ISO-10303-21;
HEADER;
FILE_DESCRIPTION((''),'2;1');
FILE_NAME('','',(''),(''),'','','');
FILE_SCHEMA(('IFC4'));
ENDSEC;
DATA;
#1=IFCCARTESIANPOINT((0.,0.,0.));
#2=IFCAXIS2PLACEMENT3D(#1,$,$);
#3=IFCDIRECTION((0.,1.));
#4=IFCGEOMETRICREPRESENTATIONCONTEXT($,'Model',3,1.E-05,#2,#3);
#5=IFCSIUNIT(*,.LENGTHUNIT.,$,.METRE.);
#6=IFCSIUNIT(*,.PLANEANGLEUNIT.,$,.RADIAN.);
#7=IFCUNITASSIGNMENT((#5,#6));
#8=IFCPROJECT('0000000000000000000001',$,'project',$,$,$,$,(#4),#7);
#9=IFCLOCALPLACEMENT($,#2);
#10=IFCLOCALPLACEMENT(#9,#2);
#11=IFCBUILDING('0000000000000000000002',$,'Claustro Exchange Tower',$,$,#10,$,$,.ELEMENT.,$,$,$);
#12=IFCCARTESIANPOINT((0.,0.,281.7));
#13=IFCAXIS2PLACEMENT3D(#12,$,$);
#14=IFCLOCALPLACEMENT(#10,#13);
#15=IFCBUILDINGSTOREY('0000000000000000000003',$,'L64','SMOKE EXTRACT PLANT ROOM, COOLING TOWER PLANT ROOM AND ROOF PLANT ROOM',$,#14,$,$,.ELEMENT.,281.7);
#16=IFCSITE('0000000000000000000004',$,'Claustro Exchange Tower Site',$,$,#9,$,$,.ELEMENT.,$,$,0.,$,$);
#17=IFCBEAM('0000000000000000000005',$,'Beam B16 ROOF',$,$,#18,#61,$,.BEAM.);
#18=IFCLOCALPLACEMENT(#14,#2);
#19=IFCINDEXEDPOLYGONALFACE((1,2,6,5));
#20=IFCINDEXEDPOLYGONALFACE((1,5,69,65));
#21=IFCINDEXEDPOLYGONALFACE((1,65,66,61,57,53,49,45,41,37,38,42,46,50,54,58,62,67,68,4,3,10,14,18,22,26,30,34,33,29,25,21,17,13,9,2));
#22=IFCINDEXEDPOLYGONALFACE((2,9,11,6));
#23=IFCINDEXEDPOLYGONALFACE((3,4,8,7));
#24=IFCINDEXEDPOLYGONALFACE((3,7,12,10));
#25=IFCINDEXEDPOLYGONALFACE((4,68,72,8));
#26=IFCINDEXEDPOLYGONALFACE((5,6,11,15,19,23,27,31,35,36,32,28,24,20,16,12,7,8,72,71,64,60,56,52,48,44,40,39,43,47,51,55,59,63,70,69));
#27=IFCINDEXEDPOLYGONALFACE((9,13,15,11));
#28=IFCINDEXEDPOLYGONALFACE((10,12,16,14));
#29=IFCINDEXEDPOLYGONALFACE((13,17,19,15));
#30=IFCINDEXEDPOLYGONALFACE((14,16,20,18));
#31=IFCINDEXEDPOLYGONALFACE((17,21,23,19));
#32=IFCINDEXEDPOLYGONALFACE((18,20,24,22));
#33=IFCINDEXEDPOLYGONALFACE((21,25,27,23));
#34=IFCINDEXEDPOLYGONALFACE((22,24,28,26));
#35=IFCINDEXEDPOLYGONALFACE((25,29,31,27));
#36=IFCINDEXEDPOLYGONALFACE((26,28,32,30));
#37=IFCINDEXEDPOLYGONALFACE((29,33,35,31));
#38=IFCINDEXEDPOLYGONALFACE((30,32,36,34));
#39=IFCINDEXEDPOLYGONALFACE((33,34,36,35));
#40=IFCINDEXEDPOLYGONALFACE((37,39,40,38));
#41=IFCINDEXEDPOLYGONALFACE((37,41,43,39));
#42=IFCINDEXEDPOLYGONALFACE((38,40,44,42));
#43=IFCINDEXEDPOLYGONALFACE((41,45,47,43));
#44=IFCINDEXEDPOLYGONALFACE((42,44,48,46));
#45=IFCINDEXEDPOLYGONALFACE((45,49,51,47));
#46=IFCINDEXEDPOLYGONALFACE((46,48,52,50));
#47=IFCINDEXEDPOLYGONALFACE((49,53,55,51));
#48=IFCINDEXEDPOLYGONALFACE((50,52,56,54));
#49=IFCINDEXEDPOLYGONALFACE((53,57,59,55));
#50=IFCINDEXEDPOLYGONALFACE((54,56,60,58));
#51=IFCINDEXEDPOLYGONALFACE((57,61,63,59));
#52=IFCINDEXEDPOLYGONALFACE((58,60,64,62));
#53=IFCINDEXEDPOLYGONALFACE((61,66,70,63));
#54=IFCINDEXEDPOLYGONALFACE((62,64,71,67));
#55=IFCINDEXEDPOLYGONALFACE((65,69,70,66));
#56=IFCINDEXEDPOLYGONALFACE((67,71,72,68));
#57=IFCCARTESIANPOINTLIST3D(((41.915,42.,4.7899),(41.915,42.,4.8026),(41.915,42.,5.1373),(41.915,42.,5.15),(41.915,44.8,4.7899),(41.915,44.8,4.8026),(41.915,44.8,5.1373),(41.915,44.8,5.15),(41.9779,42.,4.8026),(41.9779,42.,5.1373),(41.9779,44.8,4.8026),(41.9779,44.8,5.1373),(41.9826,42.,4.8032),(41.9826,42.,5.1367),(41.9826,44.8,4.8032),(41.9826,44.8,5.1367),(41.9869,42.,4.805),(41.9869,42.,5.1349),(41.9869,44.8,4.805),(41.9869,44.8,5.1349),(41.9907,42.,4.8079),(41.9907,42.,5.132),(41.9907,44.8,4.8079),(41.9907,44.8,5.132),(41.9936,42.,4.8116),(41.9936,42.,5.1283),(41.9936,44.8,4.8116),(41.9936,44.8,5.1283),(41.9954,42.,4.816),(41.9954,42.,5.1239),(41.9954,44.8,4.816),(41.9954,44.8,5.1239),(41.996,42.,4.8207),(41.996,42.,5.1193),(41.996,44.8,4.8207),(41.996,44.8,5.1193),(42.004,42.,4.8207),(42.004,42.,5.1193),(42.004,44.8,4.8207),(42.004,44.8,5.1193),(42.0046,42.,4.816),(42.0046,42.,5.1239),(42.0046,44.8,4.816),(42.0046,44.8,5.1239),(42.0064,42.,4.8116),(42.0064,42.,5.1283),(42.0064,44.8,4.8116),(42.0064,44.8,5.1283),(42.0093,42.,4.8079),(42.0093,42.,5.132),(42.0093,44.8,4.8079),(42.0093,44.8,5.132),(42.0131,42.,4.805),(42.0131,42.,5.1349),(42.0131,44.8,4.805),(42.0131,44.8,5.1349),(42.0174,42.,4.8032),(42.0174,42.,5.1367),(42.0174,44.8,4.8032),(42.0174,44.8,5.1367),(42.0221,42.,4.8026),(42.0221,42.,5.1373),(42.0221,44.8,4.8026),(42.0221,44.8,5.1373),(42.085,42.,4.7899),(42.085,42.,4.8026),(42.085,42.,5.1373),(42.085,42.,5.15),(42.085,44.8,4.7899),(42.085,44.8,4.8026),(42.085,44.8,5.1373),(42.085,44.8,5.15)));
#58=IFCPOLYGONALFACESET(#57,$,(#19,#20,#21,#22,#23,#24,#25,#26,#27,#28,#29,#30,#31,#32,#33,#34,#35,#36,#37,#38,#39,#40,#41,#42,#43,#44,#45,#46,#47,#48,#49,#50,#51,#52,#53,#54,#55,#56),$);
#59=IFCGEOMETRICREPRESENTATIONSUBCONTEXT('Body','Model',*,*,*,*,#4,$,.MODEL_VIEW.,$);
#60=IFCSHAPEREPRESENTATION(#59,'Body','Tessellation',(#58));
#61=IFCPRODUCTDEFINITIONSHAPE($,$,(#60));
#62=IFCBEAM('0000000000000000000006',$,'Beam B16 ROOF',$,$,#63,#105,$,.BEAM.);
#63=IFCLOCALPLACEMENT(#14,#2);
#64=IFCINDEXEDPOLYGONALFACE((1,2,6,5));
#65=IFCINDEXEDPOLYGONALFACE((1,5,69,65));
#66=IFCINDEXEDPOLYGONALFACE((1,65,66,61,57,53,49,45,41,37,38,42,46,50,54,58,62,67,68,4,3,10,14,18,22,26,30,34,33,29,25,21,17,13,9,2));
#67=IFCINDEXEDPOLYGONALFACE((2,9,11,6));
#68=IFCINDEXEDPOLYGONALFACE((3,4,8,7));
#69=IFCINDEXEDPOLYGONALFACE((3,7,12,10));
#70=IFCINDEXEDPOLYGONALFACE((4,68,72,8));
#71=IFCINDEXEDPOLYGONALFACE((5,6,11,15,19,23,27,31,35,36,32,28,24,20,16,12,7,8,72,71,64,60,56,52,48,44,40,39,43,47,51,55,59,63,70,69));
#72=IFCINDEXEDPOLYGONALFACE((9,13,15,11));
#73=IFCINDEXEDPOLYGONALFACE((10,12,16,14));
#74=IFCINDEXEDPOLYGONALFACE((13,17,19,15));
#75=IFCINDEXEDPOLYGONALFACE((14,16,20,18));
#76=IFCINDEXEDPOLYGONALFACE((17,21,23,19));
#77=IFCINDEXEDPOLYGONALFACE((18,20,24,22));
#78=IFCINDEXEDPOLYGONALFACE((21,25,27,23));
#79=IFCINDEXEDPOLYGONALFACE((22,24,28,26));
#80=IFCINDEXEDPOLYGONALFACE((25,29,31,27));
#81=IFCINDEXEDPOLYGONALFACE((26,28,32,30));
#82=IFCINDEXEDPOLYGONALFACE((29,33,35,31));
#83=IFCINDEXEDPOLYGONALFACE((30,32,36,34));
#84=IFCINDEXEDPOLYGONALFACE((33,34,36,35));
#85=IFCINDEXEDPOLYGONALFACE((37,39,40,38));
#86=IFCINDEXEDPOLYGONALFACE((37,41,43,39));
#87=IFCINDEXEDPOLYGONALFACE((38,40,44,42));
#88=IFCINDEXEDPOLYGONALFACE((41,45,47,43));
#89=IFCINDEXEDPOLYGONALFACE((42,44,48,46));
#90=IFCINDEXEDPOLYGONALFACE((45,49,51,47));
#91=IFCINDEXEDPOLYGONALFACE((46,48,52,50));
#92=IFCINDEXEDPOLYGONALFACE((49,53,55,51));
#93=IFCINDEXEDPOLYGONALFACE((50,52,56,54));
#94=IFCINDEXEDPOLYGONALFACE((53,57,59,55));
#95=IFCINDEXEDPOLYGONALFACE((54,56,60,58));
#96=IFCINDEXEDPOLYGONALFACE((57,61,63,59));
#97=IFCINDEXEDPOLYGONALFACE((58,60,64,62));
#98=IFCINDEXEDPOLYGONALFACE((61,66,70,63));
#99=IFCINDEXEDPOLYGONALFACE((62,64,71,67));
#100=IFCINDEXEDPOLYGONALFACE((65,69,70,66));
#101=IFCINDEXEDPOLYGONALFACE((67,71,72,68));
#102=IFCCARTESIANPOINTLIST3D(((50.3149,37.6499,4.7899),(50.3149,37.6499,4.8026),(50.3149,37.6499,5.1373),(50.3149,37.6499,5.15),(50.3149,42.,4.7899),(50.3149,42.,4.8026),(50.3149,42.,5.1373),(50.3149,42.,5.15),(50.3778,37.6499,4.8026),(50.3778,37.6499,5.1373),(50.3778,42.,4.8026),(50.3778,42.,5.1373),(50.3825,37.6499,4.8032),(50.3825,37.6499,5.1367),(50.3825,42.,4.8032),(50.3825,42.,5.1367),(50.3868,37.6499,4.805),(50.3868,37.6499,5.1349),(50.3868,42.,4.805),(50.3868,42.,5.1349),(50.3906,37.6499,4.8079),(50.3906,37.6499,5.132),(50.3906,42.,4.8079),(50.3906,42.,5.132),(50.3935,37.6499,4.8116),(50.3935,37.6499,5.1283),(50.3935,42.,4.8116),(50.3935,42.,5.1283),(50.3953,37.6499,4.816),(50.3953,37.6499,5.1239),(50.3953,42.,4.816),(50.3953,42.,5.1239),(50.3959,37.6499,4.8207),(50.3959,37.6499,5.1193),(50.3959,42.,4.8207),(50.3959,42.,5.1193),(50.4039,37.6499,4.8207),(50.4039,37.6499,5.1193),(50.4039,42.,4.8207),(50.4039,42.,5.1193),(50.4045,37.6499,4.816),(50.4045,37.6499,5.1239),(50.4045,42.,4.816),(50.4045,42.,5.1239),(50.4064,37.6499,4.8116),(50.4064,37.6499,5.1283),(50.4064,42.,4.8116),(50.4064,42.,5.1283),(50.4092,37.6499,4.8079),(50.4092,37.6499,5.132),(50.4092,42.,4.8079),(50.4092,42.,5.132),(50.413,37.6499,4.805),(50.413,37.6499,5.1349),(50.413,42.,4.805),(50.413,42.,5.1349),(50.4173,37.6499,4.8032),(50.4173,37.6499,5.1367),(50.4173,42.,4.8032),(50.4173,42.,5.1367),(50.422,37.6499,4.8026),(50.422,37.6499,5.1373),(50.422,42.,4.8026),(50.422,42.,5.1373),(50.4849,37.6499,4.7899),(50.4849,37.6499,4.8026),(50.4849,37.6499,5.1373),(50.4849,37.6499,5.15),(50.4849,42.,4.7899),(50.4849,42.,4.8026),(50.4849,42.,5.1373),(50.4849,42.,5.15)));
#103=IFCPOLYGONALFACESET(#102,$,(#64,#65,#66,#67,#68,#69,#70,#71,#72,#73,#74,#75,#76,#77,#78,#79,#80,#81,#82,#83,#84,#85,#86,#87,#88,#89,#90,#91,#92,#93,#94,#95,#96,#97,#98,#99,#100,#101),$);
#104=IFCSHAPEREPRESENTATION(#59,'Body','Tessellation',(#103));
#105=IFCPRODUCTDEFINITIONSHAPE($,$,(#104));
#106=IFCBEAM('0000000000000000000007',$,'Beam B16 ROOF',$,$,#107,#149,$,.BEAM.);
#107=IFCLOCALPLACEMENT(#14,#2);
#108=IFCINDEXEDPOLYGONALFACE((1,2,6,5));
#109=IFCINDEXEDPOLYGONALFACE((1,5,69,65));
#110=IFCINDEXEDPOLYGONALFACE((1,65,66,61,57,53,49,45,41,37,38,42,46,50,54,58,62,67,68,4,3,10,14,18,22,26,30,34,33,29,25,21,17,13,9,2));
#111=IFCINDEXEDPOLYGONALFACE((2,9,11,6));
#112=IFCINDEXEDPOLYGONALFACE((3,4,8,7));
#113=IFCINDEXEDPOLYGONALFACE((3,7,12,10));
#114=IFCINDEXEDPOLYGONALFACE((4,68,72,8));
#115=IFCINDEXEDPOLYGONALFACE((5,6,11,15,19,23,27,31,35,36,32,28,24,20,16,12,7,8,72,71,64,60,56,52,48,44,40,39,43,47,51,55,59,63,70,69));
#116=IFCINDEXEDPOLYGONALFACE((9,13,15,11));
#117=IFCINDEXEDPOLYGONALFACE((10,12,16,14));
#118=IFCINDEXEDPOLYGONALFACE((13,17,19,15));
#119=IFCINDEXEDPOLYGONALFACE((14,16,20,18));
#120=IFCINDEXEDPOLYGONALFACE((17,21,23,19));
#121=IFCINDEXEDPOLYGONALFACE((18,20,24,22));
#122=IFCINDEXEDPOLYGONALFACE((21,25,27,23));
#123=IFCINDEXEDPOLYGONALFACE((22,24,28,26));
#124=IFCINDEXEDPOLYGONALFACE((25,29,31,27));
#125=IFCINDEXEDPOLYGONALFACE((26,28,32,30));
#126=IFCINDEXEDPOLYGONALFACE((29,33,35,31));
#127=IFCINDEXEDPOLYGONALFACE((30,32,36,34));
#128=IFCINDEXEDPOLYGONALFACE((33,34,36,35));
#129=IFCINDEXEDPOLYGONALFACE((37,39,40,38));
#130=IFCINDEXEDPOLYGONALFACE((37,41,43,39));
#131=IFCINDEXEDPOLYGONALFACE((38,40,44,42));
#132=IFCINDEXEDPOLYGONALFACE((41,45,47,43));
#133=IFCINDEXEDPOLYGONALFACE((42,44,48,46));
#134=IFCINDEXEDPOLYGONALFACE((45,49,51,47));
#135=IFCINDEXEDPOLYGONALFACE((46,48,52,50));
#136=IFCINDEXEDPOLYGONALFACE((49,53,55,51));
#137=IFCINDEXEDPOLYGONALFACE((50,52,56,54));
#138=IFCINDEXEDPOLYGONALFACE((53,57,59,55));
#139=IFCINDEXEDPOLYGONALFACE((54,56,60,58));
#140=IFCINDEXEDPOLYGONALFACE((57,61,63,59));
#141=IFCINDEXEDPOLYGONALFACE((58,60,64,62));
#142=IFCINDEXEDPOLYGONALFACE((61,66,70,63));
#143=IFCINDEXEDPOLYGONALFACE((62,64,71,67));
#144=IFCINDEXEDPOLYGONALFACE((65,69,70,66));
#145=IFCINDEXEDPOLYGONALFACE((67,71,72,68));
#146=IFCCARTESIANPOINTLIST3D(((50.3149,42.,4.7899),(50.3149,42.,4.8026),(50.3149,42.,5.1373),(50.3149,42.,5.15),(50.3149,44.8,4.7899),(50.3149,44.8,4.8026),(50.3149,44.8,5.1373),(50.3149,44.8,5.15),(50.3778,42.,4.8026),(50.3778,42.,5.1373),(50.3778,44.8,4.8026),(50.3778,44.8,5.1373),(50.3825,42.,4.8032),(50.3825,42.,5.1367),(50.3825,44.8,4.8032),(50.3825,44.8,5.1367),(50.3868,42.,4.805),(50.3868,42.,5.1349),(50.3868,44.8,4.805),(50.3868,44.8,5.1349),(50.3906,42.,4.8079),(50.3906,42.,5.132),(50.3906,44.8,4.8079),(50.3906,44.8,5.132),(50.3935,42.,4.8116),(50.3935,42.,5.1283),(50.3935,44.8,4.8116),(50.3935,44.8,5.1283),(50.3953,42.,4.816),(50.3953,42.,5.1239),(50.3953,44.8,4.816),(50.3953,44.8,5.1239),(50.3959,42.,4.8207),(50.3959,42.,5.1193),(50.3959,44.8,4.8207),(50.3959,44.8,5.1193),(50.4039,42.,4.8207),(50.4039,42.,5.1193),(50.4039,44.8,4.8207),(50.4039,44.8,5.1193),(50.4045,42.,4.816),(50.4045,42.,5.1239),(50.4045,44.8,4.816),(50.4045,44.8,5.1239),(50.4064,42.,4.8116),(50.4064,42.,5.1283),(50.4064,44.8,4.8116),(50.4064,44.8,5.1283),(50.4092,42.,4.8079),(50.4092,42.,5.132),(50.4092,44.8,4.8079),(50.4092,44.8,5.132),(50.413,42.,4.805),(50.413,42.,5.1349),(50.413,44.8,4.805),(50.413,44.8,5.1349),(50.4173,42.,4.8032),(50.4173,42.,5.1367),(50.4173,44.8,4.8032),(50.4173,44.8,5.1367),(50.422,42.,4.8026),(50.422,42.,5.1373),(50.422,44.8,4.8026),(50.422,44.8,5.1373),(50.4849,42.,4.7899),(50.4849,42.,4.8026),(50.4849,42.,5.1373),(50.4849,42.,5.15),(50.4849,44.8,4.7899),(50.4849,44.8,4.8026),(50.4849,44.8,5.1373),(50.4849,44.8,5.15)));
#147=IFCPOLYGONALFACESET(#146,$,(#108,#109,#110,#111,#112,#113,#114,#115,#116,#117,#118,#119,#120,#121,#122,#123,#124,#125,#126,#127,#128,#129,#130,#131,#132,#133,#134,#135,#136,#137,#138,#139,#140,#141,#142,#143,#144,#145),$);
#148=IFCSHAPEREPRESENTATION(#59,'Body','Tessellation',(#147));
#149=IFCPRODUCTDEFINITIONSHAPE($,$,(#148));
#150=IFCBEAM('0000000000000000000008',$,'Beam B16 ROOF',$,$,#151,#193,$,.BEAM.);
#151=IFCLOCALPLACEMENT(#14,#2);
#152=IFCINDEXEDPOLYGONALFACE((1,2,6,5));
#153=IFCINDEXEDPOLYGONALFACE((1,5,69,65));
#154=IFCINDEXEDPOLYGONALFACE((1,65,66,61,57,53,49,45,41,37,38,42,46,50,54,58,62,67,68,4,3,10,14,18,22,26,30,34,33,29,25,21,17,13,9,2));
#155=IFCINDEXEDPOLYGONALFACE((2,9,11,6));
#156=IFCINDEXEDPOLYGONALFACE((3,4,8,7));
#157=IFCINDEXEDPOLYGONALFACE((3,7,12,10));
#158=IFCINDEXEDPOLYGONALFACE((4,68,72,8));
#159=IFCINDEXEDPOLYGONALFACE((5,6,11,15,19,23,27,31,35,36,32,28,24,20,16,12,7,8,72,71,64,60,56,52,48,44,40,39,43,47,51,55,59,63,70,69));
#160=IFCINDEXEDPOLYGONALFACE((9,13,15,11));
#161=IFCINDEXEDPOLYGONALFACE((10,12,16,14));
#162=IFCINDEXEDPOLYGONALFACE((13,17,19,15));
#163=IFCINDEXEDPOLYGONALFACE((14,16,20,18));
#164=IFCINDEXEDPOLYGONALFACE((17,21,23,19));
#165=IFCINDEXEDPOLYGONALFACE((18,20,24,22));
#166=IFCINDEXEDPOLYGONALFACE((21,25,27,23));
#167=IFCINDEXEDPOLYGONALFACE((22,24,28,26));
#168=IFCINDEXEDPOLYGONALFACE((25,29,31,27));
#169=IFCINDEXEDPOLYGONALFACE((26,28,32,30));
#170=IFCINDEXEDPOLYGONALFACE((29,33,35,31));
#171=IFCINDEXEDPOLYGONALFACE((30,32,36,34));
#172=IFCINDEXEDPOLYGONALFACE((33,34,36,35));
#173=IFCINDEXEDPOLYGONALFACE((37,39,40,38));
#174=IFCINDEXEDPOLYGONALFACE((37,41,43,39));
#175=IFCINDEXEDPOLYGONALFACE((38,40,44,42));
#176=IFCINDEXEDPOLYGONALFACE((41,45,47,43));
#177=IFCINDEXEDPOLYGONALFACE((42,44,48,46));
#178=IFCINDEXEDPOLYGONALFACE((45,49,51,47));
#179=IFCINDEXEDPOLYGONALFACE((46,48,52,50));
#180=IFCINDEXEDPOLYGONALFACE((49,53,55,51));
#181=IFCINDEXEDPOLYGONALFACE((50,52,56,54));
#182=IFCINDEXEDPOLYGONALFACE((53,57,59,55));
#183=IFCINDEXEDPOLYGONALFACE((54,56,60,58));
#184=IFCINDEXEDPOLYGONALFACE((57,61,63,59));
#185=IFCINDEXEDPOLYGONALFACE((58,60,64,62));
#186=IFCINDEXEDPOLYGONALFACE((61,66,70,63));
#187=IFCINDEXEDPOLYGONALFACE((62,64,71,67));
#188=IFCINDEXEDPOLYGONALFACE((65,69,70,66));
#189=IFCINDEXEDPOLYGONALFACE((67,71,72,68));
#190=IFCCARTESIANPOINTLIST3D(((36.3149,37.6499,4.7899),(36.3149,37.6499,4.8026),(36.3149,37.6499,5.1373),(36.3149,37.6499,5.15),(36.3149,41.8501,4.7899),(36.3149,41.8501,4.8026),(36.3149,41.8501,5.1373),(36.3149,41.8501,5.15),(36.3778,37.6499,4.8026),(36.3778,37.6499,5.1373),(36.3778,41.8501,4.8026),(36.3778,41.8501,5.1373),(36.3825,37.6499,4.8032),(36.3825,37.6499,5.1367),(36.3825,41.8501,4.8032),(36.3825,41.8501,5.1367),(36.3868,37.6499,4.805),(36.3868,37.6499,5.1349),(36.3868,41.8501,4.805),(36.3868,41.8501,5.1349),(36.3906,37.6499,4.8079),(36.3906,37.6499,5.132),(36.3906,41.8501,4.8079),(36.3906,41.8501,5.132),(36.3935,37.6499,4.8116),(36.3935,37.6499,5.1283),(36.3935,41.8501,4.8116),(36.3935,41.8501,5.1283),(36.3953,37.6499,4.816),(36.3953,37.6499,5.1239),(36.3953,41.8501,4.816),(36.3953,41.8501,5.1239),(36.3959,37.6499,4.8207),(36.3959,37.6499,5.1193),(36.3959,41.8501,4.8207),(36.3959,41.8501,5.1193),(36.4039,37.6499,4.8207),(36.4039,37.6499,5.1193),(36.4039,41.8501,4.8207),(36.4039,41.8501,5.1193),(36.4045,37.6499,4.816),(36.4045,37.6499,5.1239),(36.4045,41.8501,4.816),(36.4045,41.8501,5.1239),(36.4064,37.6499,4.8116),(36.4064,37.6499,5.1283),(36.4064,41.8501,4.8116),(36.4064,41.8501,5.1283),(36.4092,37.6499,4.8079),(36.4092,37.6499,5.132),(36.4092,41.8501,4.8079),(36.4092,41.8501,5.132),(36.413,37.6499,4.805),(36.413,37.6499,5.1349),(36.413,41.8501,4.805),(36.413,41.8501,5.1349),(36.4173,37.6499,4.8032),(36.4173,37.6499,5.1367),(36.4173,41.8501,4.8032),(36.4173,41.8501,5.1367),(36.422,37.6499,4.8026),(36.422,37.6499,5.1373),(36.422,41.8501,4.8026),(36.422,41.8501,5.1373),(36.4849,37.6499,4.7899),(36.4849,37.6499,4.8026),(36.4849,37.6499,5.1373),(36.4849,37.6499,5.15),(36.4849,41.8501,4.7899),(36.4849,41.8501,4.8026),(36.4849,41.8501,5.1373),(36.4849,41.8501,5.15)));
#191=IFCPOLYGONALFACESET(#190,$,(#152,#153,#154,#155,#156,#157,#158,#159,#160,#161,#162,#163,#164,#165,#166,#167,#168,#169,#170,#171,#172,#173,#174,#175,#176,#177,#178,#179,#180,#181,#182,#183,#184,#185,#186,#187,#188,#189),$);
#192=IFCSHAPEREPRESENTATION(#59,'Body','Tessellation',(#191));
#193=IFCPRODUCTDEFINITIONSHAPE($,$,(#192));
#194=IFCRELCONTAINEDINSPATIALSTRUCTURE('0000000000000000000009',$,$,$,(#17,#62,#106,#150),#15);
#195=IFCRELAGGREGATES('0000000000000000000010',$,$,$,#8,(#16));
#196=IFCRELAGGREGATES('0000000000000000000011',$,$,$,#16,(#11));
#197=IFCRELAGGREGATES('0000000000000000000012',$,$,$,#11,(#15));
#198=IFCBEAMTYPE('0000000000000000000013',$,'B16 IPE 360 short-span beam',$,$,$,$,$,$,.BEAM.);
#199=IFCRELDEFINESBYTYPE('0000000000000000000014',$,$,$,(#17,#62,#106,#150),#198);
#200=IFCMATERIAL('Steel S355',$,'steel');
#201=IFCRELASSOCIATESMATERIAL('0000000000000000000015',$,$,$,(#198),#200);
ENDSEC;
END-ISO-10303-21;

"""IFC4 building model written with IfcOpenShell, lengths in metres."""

from ifc_helpers import new_model, si_unit, direction, frame, origin, origin_2d, place, context, subcontext, project, spatial, i_section, extrude, material, material_profile, profile_set, type_object, element, save


model = new_model("IFC4")

# Units and contexts
model_context = context("Model", 3, precision=1e-05, world=origin(), true_north=direction((0.0, 1.0)))
body_context = subcontext(model_context, "Body", "Model", "MODEL_VIEW")
ifc_project = project(units=[si_unit("LENGTHUNIT", "METRE"), si_unit("PLANEANGLEUNIT", "RADIAN")], contexts=[model_context])

# Site, building, storey
site_placement = place(None, origin())
site = spatial("IfcSite", under=ifc_project, at=site_placement, Name="Claustro Exchange Tower Site", CompositionType="ELEMENT", RefElevation=0.0)
building_placement = place(site_placement, origin())
building = spatial("IfcBuilding", under=site, at=building_placement, Name="Claustro Exchange Tower", CompositionType="ELEMENT")
storey_placement = place(building_placement, frame((0.0, 0.0, 281.7)))
storey = spatial("IfcBuildingStorey", under=building, at=storey_placement, Name="L64", Description="SMOKE EXTRACT PLANT ROOM, COOLING TOWER PLANT ROOM AND ROOF PLANT ROOM", CompositionType="ELEMENT", Elevation=281.7)

# Beams
ifc_material_1 = material(Name="Steel S355", Category="steel")
ifc_material_profile_1 = material_profile(ifc_material_1, i_section(OverallWidth=0.1699, OverallDepth=0.3601, WebThickness=0.0081, FlangeThickness=0.0127, FilletRadius=0.0181, at=origin_2d()), Name="IPE 360")
ifc_profile_set_1 = profile_set([ifc_material_profile_1], Name="Steel S355")
beam_type_1 = type_object("IfcBeamType", Name="B16 IPE 360 short-span beam", PredefinedType="BEAM", material=ifc_profile_set_1)
beam_1_placement = place(storey_placement, frame((42.0, 42.0, 4.97), z_axis=(0.0, 1.0, 0.0), x_axis=(-1.0, 0.0, 0.0)))
element("IfcBeam", 1, at=beam_1_placement, inside=storey, type_object=beam_type_1, Name="Beam B16 ROOF", PredefinedType="BEAM", context=body_context, shape_type="SweptSolid", body=[
    extrude(i_section(OverallWidth=0.1699, OverallDepth=0.3601, WebThickness=0.0081, FlangeThickness=0.0127, FilletRadius=0.0181, at=origin_2d()), origin(), (0.0, 0.0, 1.0), 2.8),
])
beam_2_placement = place(storey_placement, frame((50.3999, 37.6499, 4.97), z_axis=(0.0, 1.0, 0.0), x_axis=(-1.0, 0.0, 0.0)))
element("IfcBeam", 2, at=beam_2_placement, inside=storey, type_object=beam_type_1, Name="Beam B16 ROOF", PredefinedType="BEAM", context=body_context, shape_type="SweptSolid", body=[
    extrude(i_section(OverallWidth=0.1699, OverallDepth=0.3601, WebThickness=0.0081, FlangeThickness=0.0127, FilletRadius=0.0181, at=origin_2d()), origin(), (0.0, 0.0, 1.0), 4.3501),
])
beam_3_placement = place(storey_placement, frame((50.3999, 42.0, 4.97), z_axis=(0.0, 1.0, 0.0), x_axis=(-1.0, 0.0, 0.0)))
element("IfcBeam", 3, at=beam_3_placement, inside=storey, type_object=beam_type_1, Name="Beam B16 ROOF", PredefinedType="BEAM", context=body_context, shape_type="SweptSolid", body=[
    extrude(i_section(OverallWidth=0.1699, OverallDepth=0.3601, WebThickness=0.0081, FlangeThickness=0.0127, FilletRadius=0.0181, at=origin_2d()), origin(), (0.0, 0.0, 1.0), 2.8),
])
for number, where, z_axis, x_axis, name in (
    (4, (36.3999, 37.6499, 4.97), (0.0, 1.0, 0.0), (-1.0, 0.0, 0.0), "Beam B16 ROOF"),
):
    element("IfcBeam", number, at=place(storey_placement, frame(where, z_axis=z_axis, x_axis=x_axis)), inside=storey, type_object=beam_type_1, Name=name, PredefinedType="BEAM", context=body_context, shape_type="SweptSolid", body=[
        extrude(i_section(OverallWidth=0.1699, OverallDepth=0.3601, WebThickness=0.0081, FlangeThickness=0.0127, FilletRadius=0.0181, at=origin_2d()), origin(), (0.0, 0.0, 1.0), 4.2002),
    ])

save(model, "model.ifc")
